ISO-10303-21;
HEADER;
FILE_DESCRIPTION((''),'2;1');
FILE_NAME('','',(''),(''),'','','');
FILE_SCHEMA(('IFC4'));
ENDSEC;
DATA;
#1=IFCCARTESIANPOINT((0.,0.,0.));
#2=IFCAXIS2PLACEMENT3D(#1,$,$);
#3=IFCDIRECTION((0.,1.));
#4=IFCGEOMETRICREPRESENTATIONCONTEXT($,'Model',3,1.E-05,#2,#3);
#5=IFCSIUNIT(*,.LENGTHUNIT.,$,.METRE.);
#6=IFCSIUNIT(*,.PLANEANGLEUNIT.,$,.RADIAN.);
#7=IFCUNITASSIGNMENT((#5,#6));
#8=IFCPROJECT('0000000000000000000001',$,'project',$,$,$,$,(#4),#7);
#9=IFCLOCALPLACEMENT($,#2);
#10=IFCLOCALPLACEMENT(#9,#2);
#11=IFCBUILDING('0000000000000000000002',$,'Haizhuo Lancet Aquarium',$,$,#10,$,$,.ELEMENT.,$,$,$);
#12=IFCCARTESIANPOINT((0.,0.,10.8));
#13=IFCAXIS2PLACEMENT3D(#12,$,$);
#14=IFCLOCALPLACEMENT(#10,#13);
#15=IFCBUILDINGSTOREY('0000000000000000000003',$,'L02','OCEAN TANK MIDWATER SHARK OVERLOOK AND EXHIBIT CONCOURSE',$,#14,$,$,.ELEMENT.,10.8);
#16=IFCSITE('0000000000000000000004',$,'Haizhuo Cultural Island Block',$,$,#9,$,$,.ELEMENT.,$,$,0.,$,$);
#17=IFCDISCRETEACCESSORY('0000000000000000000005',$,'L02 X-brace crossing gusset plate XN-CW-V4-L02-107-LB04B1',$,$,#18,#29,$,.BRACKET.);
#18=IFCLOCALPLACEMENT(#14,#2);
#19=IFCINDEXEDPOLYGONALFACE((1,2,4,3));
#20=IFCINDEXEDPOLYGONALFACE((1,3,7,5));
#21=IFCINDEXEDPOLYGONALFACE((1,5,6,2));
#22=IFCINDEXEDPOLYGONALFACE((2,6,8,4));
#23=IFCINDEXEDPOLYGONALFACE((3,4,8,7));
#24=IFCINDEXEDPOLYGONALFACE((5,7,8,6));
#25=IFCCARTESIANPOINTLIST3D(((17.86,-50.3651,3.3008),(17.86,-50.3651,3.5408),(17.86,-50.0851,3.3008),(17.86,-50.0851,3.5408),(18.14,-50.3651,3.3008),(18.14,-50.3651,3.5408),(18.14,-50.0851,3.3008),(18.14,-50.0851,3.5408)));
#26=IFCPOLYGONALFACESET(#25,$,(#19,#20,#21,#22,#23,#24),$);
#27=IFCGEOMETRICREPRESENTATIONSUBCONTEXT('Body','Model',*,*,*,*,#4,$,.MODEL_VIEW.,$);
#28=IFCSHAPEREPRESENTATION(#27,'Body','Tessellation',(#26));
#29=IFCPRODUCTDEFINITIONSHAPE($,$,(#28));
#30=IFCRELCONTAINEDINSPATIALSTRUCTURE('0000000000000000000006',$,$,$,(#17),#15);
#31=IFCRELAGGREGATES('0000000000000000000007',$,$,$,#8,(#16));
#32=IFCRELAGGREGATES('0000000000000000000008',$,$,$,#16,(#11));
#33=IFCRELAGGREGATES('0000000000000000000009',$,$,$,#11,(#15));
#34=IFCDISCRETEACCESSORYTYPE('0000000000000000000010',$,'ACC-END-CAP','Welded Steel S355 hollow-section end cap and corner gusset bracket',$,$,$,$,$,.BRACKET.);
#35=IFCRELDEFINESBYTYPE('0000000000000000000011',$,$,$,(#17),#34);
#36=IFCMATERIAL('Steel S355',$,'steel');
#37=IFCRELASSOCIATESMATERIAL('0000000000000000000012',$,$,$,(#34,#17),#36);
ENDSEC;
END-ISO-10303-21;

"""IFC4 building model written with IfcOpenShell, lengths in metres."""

from ifc_helpers import new_model, si_unit, direction, frame, origin, origin_2d, place, context, subcontext, project, spatial, rectangle, extrude, material, type_object, element, save


model = new_model("IFC4")

# Units and contexts
model_context = context("Model", 3, precision=1e-05, world=origin(), true_north=direction((0.0, 1.0)))
body_context = subcontext(model_context, "Body", "Model", "MODEL_VIEW")
ifc_project = project(units=[si_unit("LENGTHUNIT", "METRE"), si_unit("PLANEANGLEUNIT", "RADIAN")], contexts=[model_context])

# Site, building, storey
site_placement = place(None, origin())
site = spatial("IfcSite", under=ifc_project, at=site_placement, Name="Haizhuo Cultural Island Block", CompositionType="ELEMENT", RefElevation=0.0)
building_placement = place(site_placement, origin())
building = spatial("IfcBuilding", under=site, at=building_placement, Name="Haizhuo Lancet Aquarium", CompositionType="ELEMENT")
storey_placement = place(building_placement, frame((0.0, 0.0, 10.8)))
storey = spatial("IfcBuildingStorey", under=building, at=storey_placement, Name="L02", Description="OCEAN TANK MIDWATER SHARK OVERLOOK AND EXHIBIT CONCOURSE", CompositionType="ELEMENT", Elevation=10.8)

# Shared definitions
ifc_material_1 = material(Name="Steel S355", Category="steel")

# Discrete accessory
discrete_accessory_type = type_object("IfcDiscreteAccessoryType", Name="ACC-END-CAP", Description="Welded Steel S355 hollow-section end cap and corner gusset bracket", PredefinedType="BRACKET", material=ifc_material_1)
for number, where, z_axis, x_axis, name in (
    (1, (18.0, -50.2251, 3.3008), (0.0, 0.0, 1.0), (1.0, 0.0, 0.0), "L02 X-brace crossing gusset plate XN-CW-V4-L02-107-LB04B1"),
):
    element("IfcDiscreteAccessory", number, at=place(storey_placement, frame(where, z_axis=z_axis, x_axis=x_axis)), inside=storey, type_object=discrete_accessory_type, material=ifc_material_1, Name=name, PredefinedType="BRACKET", context=body_context, shape_type="SweptSolid", body=[
        extrude(rectangle(XDim=0.28, YDim=0.28, at=origin_2d()), origin(), (0.0, 0.0, 1.0), 0.24),
    ])

save(model, "model.ifc")
